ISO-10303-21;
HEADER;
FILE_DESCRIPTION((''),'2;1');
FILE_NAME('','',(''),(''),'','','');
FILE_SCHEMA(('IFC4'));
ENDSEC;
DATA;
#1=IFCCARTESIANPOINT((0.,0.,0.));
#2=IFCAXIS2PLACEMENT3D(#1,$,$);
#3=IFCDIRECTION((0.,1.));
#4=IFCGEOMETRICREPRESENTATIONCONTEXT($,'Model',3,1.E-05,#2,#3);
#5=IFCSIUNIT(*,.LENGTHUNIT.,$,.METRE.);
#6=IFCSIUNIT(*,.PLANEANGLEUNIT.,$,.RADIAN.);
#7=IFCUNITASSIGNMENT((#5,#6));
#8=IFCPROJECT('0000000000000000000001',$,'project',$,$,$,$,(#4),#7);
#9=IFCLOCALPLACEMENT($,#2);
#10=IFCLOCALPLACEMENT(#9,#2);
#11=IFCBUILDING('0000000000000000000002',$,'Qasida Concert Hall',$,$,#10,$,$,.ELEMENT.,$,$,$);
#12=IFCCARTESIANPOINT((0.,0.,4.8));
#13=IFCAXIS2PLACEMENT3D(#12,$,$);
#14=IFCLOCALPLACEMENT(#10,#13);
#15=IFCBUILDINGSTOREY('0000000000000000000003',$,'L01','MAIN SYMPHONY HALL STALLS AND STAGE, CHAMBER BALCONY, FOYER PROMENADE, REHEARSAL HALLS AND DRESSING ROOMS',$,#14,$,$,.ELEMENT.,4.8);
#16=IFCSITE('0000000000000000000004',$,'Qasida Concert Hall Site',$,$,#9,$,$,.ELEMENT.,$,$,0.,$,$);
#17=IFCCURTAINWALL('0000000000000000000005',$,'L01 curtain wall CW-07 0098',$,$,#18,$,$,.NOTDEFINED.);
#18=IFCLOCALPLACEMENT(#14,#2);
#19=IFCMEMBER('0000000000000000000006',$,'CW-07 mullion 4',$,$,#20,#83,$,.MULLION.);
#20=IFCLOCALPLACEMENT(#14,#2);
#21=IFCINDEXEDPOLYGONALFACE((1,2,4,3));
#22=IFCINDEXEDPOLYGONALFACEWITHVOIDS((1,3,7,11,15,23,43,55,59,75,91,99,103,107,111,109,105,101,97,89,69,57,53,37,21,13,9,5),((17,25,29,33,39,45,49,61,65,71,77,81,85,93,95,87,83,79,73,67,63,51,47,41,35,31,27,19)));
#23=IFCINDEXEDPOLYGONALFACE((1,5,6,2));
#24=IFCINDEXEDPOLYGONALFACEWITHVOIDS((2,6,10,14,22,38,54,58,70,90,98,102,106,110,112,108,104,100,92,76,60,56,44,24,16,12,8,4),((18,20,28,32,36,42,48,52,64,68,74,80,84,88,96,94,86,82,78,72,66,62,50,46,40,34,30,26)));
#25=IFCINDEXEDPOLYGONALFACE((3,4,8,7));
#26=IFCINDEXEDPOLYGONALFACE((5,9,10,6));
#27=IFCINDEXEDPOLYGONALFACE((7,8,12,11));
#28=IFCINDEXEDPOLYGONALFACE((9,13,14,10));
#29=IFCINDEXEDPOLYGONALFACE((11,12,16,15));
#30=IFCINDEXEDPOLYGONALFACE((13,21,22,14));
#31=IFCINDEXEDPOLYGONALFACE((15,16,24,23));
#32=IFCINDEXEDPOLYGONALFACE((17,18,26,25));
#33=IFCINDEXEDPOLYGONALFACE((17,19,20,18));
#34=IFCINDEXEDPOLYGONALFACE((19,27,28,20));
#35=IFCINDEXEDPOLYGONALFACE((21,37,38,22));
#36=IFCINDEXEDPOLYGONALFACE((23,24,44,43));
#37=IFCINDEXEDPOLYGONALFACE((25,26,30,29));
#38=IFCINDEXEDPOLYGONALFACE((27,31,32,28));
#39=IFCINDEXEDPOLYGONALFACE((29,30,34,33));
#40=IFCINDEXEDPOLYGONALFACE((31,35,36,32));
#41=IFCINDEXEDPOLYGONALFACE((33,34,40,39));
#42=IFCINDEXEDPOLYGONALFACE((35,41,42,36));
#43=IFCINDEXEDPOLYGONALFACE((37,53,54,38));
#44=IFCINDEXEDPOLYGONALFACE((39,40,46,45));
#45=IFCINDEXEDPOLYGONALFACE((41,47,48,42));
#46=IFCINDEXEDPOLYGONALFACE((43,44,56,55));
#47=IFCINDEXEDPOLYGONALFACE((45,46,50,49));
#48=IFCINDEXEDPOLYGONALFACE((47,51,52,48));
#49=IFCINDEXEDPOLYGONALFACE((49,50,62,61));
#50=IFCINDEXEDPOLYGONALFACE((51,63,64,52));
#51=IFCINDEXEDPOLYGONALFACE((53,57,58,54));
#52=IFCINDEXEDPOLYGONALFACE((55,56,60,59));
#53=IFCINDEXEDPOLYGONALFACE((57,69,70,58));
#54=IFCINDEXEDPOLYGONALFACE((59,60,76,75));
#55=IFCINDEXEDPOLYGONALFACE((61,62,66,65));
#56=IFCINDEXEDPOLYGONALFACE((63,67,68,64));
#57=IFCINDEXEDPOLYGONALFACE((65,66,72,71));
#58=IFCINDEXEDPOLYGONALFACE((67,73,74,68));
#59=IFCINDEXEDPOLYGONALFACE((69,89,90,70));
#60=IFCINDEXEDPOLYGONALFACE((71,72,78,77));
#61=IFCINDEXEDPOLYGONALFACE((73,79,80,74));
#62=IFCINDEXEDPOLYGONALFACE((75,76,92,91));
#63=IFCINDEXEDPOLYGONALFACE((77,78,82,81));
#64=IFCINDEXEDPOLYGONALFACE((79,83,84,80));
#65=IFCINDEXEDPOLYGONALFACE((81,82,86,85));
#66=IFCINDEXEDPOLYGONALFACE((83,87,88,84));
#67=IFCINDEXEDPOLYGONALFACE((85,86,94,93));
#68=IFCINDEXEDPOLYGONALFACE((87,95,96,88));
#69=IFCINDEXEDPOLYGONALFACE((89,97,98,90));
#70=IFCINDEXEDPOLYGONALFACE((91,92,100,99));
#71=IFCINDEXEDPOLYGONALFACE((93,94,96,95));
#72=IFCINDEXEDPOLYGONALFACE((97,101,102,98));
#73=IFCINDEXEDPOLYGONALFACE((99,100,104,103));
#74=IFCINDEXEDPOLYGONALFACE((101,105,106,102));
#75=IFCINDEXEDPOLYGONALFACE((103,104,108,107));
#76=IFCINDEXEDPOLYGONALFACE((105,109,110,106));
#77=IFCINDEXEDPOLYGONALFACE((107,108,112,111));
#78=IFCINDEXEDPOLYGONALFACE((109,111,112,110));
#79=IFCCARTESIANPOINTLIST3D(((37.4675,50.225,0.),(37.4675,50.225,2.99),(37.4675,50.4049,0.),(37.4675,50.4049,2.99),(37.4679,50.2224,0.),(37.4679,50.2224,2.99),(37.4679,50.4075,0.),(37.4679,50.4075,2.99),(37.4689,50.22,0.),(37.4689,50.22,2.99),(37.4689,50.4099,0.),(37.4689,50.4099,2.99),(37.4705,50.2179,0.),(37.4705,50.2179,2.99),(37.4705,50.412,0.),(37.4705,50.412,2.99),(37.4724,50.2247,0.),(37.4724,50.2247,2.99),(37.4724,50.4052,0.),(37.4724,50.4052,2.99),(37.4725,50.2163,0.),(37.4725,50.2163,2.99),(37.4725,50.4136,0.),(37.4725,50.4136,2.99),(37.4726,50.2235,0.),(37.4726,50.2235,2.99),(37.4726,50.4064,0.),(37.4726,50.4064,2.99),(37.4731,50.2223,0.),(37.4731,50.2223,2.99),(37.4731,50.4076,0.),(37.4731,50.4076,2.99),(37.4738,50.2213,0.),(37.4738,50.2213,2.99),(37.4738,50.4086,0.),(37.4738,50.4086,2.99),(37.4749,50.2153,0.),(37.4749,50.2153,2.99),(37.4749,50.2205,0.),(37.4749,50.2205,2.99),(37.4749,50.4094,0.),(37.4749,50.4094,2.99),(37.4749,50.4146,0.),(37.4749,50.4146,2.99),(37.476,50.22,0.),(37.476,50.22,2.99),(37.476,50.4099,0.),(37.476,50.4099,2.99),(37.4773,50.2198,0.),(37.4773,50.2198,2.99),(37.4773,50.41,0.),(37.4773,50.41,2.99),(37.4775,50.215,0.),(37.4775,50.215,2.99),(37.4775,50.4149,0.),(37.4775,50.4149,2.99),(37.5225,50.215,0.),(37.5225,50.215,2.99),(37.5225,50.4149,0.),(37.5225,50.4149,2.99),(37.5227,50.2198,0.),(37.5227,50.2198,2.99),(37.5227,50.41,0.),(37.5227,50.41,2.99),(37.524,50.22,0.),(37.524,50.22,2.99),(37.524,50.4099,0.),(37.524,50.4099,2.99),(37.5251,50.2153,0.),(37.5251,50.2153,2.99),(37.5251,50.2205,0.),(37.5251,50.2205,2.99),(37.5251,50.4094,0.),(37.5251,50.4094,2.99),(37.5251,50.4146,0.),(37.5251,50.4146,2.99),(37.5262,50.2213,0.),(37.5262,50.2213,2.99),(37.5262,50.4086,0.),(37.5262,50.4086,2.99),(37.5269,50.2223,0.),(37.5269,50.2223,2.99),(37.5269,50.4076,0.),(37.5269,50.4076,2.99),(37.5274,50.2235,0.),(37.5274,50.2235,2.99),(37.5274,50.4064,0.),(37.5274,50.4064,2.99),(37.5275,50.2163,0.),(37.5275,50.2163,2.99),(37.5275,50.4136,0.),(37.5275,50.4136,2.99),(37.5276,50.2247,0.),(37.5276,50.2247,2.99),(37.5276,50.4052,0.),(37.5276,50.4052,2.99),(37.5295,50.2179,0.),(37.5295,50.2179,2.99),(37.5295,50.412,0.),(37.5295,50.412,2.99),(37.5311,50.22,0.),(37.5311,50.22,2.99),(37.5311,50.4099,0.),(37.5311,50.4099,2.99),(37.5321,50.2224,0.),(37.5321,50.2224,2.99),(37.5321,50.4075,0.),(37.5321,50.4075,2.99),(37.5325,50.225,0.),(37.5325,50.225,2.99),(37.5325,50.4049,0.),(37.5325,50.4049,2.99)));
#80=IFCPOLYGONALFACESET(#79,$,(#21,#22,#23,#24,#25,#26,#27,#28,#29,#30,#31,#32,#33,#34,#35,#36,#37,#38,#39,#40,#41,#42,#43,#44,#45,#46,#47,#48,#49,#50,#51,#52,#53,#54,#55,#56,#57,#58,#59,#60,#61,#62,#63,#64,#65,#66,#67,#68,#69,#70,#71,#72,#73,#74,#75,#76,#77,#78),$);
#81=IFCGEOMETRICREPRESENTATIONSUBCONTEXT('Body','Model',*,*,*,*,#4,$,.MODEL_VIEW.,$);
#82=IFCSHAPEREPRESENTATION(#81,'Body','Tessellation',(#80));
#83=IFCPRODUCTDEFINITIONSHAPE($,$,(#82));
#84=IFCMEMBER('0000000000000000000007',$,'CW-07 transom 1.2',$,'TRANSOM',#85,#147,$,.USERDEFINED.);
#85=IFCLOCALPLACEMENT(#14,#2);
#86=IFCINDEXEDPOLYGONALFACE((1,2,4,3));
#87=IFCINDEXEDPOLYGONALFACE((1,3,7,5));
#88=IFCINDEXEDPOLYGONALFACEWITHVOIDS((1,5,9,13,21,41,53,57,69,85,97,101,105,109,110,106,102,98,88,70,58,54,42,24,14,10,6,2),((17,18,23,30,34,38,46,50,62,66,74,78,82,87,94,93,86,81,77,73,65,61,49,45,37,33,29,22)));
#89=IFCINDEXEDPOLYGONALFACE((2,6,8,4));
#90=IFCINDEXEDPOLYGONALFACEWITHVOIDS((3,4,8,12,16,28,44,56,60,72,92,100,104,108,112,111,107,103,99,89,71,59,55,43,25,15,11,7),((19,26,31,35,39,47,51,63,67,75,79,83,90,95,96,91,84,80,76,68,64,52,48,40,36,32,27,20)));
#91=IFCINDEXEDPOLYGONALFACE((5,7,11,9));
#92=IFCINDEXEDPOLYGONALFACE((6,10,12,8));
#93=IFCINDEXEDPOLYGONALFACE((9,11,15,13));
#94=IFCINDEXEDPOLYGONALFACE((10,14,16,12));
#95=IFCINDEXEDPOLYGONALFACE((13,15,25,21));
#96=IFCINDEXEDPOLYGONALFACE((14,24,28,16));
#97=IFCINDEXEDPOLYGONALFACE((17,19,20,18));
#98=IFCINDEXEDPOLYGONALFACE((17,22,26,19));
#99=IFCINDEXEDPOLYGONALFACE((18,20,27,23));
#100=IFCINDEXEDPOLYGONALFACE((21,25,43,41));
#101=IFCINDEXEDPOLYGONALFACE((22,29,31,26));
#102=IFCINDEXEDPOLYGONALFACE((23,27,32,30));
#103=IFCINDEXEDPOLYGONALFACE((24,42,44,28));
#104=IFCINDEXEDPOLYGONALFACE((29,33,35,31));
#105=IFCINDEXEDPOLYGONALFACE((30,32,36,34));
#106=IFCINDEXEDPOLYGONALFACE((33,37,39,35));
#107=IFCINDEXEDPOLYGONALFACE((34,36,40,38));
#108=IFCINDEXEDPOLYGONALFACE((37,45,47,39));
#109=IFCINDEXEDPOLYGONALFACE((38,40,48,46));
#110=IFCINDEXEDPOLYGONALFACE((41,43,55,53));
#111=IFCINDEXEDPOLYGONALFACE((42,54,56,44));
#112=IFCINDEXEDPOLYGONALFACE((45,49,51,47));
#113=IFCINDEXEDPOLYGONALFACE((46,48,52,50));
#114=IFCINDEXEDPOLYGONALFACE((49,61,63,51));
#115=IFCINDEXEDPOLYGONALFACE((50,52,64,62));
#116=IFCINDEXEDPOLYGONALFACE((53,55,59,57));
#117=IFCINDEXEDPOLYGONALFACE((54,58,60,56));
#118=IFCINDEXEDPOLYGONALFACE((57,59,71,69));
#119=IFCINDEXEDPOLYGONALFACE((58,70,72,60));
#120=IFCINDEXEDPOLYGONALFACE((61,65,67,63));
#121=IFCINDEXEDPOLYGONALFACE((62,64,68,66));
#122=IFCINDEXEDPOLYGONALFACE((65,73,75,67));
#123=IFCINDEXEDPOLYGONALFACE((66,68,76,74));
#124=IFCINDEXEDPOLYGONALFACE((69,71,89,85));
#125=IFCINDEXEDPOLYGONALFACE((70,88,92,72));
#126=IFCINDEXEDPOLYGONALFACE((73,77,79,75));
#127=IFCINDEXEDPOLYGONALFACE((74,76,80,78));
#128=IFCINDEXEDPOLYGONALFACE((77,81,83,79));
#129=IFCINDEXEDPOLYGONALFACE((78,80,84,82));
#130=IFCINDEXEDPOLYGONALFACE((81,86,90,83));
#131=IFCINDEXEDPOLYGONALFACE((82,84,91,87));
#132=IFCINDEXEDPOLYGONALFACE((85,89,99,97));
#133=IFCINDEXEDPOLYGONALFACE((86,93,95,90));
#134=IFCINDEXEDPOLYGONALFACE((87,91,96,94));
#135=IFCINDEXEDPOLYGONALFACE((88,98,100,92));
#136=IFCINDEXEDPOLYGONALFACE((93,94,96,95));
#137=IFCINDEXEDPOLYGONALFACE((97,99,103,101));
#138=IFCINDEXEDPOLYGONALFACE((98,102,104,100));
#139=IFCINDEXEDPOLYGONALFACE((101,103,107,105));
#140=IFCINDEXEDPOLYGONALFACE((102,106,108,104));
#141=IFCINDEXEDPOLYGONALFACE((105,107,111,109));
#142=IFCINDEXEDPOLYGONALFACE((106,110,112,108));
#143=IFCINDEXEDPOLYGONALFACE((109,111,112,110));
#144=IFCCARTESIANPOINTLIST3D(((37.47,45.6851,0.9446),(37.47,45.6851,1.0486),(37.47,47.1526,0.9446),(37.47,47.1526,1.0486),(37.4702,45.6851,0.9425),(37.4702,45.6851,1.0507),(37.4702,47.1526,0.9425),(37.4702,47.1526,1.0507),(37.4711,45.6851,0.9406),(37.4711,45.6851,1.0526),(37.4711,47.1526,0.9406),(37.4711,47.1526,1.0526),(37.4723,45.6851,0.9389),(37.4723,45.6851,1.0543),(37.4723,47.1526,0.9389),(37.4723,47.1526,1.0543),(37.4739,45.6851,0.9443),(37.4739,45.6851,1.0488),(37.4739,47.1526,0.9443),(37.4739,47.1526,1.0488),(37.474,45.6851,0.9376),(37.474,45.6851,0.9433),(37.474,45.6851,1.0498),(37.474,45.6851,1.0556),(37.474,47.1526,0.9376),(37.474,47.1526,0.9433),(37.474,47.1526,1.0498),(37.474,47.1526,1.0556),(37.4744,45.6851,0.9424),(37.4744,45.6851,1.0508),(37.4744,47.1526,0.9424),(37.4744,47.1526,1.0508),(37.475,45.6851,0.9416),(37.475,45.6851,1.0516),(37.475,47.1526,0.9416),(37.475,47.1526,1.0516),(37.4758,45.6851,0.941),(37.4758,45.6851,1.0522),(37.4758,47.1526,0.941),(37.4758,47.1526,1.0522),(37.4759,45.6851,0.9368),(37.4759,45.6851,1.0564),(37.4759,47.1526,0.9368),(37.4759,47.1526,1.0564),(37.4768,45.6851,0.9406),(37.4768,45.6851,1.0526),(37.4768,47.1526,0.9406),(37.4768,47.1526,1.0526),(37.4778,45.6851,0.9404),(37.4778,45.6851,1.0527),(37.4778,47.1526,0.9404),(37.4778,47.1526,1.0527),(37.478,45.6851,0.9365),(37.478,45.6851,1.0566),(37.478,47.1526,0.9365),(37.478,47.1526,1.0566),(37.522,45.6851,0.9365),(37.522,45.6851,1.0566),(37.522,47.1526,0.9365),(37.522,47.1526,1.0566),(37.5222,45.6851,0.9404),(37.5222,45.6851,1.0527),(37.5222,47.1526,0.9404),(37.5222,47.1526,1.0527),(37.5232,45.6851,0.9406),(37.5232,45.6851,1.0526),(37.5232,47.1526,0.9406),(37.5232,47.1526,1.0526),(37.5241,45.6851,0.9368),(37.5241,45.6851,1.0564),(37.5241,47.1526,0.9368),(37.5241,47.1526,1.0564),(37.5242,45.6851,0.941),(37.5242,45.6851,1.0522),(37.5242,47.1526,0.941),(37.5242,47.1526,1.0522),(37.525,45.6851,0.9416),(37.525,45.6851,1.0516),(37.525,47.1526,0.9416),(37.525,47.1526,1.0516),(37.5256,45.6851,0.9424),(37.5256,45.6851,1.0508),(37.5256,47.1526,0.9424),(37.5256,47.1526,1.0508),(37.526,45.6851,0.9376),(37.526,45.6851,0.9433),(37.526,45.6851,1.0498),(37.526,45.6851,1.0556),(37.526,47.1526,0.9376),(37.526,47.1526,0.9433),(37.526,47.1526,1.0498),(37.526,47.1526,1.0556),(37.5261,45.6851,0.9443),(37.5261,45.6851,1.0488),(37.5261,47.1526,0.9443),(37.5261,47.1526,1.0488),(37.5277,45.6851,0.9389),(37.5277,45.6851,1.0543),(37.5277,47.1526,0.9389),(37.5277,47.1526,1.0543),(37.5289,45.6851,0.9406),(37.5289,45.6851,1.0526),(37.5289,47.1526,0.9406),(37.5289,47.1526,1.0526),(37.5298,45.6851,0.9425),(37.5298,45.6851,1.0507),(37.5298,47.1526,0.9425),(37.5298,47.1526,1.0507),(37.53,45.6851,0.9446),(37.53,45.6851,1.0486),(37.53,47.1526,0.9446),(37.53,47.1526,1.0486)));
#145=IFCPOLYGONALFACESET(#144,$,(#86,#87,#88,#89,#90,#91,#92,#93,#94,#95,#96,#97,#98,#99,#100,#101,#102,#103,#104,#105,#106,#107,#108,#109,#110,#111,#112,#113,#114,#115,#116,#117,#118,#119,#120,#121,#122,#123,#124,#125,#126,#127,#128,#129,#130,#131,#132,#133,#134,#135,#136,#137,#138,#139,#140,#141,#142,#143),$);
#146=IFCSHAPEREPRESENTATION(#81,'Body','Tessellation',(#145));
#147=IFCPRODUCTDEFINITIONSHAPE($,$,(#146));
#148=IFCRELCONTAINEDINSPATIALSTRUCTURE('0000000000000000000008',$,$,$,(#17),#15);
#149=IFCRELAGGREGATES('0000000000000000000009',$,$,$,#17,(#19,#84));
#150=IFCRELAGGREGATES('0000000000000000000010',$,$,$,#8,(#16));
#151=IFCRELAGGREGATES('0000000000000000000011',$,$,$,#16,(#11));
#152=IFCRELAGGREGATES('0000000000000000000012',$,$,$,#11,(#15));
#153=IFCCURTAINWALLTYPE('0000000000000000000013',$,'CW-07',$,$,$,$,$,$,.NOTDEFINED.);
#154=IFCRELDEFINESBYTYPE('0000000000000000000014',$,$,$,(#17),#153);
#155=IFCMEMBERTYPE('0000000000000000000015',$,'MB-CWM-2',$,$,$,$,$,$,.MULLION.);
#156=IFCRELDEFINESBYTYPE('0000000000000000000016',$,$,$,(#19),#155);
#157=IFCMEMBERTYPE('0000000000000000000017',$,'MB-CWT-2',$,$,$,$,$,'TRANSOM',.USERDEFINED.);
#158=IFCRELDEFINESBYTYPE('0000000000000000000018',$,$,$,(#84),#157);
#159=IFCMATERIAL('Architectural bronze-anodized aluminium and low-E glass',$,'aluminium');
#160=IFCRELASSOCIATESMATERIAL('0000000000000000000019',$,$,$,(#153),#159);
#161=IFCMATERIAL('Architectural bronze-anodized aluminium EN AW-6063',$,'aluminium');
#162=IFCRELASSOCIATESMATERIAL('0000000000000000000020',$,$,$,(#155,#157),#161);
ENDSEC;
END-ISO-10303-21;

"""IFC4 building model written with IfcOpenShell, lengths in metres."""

from ifc_helpers import new_model, si_unit, direction, frame, origin, origin_2d, place, context, subcontext, project, spatial, hollow_rectangle, extrude, material, material_profile, profile_set, type_object, element, aggregate, save


model = new_model("IFC4")

# Units and contexts
model_context = context("Model", 3, precision=1e-05, world=origin(), true_north=direction((0.0, 1.0)))
body_context = subcontext(model_context, "Body", "Model", "MODEL_VIEW")
ifc_project = project(units=[si_unit("LENGTHUNIT", "METRE"), si_unit("PLANEANGLEUNIT", "RADIAN")], contexts=[model_context])

# Site, building, storey
site_placement = place(None, origin())
site = spatial("IfcSite", under=ifc_project, at=site_placement, Name="Qasida Concert Hall Site", CompositionType="ELEMENT", RefElevation=0.0)
building_placement = place(site_placement, origin())
building = spatial("IfcBuilding", under=site, at=building_placement, Name="Qasida Concert Hall", CompositionType="ELEMENT")
storey_placement = place(building_placement, frame((0.0, 0.0, 4.8)))
storey = spatial("IfcBuildingStorey", under=building, at=storey_placement, Name="L01", Description="MAIN SYMPHONY HALL STALLS AND STAGE, CHAMBER BALCONY, FOYER PROMENADE, REHEARSAL HALLS AND DRESSING ROOMS", CompositionType="ELEMENT", Elevation=4.8)

# Curtain wall, members
ifc_material_1 = material(Name="Architectural bronze-anodized aluminium and low-E glass", Category="aluminium")
curtain_wall_type = type_object("IfcCurtainWallType", Name="CW-07", PredefinedType="NOTDEFINED", material=ifc_material_1)
curtain_wall_placement = place(storey_placement, origin())
curtain_wall = element("IfcCurtainWall", 1, at=curtain_wall_placement, inside=storey, type_object=curtain_wall_type, Name="L01 curtain wall CW-07 0098", PredefinedType="NOTDEFINED")
ifc_material_2 = material(Name="Architectural bronze-anodized aluminium EN AW-6063", Category="aluminium")
ifc_material_profile_1 = material_profile(ifc_material_2, hollow_rectangle(XDim=0.0649, YDim=0.2, WallThickness=0.0049, InnerFilletRadius=0.0049, OuterFilletRadius=0.01, at=origin_2d()), Name="CWM 200x65x5")
ifc_profile_set_1 = profile_set([ifc_material_profile_1], Name="Architectural bronze-anodized aluminium EN AW-6063")
member_type_1 = type_object("IfcMemberType", Name="MB-CWM-2", PredefinedType="MULLION", material=ifc_profile_set_1)
member_1_placement = place(storey_placement, frame((37.5, 50.3149, 0.0), z_axis=(0.0, 0.0, 1.0), x_axis=(-1.0, 0.0, 0.0)))
member_1 = element("IfcMember", 2, at=member_1_placement, type_object=member_type_1, Name="CW-07 mullion 4", PredefinedType="MULLION", context=body_context, shape_type="SweptSolid", body=[
    extrude(hollow_rectangle(XDim=0.0649, YDim=0.2, WallThickness=0.0049, InnerFilletRadius=0.0049, OuterFilletRadius=0.01, at=origin_2d()), origin(), (0.0, 0.0, 1.0), 2.99),
])
ifc_material_profile_2 = material_profile(ifc_material_2, hollow_rectangle(XDim=0.0601, YDim=0.1201, WallThickness=0.0039, InnerFilletRadius=0.0039, OuterFilletRadius=0.0081, at=origin_2d()), Name="CWT 120x60x4")
ifc_profile_set_2 = profile_set([ifc_material_profile_2], Name="Architectural bronze-anodized aluminium EN AW-6063")
member_type_2 = type_object("IfcMemberType", Name="MB-CWT-2", ElementType="TRANSOM", PredefinedType="USERDEFINED", material=ifc_profile_set_2)
member_2_placement = place(storey_placement, frame((37.5, 45.6851, 0.9966), z_axis=(0.0, 1.0, 0.0), x_axis=(-1.0, 0.0, 0.0)))
member_2 = element("IfcMember", 3, at=member_2_placement, type_object=member_type_2, Name="CW-07 transom 1.2", ObjectType="TRANSOM", PredefinedType="USERDEFINED", context=body_context, shape_type="SweptSolid", body=[
    extrude(hollow_rectangle(XDim=0.0601, YDim=0.1201, WallThickness=0.0039, InnerFilletRadius=0.0039, OuterFilletRadius=0.0081, at=origin_2d()), origin(), (0.0, 0.0, 1.0), 1.4675),
])
aggregate(curtain_wall, [member_1, member_2])

save(model, "model.ifc")
